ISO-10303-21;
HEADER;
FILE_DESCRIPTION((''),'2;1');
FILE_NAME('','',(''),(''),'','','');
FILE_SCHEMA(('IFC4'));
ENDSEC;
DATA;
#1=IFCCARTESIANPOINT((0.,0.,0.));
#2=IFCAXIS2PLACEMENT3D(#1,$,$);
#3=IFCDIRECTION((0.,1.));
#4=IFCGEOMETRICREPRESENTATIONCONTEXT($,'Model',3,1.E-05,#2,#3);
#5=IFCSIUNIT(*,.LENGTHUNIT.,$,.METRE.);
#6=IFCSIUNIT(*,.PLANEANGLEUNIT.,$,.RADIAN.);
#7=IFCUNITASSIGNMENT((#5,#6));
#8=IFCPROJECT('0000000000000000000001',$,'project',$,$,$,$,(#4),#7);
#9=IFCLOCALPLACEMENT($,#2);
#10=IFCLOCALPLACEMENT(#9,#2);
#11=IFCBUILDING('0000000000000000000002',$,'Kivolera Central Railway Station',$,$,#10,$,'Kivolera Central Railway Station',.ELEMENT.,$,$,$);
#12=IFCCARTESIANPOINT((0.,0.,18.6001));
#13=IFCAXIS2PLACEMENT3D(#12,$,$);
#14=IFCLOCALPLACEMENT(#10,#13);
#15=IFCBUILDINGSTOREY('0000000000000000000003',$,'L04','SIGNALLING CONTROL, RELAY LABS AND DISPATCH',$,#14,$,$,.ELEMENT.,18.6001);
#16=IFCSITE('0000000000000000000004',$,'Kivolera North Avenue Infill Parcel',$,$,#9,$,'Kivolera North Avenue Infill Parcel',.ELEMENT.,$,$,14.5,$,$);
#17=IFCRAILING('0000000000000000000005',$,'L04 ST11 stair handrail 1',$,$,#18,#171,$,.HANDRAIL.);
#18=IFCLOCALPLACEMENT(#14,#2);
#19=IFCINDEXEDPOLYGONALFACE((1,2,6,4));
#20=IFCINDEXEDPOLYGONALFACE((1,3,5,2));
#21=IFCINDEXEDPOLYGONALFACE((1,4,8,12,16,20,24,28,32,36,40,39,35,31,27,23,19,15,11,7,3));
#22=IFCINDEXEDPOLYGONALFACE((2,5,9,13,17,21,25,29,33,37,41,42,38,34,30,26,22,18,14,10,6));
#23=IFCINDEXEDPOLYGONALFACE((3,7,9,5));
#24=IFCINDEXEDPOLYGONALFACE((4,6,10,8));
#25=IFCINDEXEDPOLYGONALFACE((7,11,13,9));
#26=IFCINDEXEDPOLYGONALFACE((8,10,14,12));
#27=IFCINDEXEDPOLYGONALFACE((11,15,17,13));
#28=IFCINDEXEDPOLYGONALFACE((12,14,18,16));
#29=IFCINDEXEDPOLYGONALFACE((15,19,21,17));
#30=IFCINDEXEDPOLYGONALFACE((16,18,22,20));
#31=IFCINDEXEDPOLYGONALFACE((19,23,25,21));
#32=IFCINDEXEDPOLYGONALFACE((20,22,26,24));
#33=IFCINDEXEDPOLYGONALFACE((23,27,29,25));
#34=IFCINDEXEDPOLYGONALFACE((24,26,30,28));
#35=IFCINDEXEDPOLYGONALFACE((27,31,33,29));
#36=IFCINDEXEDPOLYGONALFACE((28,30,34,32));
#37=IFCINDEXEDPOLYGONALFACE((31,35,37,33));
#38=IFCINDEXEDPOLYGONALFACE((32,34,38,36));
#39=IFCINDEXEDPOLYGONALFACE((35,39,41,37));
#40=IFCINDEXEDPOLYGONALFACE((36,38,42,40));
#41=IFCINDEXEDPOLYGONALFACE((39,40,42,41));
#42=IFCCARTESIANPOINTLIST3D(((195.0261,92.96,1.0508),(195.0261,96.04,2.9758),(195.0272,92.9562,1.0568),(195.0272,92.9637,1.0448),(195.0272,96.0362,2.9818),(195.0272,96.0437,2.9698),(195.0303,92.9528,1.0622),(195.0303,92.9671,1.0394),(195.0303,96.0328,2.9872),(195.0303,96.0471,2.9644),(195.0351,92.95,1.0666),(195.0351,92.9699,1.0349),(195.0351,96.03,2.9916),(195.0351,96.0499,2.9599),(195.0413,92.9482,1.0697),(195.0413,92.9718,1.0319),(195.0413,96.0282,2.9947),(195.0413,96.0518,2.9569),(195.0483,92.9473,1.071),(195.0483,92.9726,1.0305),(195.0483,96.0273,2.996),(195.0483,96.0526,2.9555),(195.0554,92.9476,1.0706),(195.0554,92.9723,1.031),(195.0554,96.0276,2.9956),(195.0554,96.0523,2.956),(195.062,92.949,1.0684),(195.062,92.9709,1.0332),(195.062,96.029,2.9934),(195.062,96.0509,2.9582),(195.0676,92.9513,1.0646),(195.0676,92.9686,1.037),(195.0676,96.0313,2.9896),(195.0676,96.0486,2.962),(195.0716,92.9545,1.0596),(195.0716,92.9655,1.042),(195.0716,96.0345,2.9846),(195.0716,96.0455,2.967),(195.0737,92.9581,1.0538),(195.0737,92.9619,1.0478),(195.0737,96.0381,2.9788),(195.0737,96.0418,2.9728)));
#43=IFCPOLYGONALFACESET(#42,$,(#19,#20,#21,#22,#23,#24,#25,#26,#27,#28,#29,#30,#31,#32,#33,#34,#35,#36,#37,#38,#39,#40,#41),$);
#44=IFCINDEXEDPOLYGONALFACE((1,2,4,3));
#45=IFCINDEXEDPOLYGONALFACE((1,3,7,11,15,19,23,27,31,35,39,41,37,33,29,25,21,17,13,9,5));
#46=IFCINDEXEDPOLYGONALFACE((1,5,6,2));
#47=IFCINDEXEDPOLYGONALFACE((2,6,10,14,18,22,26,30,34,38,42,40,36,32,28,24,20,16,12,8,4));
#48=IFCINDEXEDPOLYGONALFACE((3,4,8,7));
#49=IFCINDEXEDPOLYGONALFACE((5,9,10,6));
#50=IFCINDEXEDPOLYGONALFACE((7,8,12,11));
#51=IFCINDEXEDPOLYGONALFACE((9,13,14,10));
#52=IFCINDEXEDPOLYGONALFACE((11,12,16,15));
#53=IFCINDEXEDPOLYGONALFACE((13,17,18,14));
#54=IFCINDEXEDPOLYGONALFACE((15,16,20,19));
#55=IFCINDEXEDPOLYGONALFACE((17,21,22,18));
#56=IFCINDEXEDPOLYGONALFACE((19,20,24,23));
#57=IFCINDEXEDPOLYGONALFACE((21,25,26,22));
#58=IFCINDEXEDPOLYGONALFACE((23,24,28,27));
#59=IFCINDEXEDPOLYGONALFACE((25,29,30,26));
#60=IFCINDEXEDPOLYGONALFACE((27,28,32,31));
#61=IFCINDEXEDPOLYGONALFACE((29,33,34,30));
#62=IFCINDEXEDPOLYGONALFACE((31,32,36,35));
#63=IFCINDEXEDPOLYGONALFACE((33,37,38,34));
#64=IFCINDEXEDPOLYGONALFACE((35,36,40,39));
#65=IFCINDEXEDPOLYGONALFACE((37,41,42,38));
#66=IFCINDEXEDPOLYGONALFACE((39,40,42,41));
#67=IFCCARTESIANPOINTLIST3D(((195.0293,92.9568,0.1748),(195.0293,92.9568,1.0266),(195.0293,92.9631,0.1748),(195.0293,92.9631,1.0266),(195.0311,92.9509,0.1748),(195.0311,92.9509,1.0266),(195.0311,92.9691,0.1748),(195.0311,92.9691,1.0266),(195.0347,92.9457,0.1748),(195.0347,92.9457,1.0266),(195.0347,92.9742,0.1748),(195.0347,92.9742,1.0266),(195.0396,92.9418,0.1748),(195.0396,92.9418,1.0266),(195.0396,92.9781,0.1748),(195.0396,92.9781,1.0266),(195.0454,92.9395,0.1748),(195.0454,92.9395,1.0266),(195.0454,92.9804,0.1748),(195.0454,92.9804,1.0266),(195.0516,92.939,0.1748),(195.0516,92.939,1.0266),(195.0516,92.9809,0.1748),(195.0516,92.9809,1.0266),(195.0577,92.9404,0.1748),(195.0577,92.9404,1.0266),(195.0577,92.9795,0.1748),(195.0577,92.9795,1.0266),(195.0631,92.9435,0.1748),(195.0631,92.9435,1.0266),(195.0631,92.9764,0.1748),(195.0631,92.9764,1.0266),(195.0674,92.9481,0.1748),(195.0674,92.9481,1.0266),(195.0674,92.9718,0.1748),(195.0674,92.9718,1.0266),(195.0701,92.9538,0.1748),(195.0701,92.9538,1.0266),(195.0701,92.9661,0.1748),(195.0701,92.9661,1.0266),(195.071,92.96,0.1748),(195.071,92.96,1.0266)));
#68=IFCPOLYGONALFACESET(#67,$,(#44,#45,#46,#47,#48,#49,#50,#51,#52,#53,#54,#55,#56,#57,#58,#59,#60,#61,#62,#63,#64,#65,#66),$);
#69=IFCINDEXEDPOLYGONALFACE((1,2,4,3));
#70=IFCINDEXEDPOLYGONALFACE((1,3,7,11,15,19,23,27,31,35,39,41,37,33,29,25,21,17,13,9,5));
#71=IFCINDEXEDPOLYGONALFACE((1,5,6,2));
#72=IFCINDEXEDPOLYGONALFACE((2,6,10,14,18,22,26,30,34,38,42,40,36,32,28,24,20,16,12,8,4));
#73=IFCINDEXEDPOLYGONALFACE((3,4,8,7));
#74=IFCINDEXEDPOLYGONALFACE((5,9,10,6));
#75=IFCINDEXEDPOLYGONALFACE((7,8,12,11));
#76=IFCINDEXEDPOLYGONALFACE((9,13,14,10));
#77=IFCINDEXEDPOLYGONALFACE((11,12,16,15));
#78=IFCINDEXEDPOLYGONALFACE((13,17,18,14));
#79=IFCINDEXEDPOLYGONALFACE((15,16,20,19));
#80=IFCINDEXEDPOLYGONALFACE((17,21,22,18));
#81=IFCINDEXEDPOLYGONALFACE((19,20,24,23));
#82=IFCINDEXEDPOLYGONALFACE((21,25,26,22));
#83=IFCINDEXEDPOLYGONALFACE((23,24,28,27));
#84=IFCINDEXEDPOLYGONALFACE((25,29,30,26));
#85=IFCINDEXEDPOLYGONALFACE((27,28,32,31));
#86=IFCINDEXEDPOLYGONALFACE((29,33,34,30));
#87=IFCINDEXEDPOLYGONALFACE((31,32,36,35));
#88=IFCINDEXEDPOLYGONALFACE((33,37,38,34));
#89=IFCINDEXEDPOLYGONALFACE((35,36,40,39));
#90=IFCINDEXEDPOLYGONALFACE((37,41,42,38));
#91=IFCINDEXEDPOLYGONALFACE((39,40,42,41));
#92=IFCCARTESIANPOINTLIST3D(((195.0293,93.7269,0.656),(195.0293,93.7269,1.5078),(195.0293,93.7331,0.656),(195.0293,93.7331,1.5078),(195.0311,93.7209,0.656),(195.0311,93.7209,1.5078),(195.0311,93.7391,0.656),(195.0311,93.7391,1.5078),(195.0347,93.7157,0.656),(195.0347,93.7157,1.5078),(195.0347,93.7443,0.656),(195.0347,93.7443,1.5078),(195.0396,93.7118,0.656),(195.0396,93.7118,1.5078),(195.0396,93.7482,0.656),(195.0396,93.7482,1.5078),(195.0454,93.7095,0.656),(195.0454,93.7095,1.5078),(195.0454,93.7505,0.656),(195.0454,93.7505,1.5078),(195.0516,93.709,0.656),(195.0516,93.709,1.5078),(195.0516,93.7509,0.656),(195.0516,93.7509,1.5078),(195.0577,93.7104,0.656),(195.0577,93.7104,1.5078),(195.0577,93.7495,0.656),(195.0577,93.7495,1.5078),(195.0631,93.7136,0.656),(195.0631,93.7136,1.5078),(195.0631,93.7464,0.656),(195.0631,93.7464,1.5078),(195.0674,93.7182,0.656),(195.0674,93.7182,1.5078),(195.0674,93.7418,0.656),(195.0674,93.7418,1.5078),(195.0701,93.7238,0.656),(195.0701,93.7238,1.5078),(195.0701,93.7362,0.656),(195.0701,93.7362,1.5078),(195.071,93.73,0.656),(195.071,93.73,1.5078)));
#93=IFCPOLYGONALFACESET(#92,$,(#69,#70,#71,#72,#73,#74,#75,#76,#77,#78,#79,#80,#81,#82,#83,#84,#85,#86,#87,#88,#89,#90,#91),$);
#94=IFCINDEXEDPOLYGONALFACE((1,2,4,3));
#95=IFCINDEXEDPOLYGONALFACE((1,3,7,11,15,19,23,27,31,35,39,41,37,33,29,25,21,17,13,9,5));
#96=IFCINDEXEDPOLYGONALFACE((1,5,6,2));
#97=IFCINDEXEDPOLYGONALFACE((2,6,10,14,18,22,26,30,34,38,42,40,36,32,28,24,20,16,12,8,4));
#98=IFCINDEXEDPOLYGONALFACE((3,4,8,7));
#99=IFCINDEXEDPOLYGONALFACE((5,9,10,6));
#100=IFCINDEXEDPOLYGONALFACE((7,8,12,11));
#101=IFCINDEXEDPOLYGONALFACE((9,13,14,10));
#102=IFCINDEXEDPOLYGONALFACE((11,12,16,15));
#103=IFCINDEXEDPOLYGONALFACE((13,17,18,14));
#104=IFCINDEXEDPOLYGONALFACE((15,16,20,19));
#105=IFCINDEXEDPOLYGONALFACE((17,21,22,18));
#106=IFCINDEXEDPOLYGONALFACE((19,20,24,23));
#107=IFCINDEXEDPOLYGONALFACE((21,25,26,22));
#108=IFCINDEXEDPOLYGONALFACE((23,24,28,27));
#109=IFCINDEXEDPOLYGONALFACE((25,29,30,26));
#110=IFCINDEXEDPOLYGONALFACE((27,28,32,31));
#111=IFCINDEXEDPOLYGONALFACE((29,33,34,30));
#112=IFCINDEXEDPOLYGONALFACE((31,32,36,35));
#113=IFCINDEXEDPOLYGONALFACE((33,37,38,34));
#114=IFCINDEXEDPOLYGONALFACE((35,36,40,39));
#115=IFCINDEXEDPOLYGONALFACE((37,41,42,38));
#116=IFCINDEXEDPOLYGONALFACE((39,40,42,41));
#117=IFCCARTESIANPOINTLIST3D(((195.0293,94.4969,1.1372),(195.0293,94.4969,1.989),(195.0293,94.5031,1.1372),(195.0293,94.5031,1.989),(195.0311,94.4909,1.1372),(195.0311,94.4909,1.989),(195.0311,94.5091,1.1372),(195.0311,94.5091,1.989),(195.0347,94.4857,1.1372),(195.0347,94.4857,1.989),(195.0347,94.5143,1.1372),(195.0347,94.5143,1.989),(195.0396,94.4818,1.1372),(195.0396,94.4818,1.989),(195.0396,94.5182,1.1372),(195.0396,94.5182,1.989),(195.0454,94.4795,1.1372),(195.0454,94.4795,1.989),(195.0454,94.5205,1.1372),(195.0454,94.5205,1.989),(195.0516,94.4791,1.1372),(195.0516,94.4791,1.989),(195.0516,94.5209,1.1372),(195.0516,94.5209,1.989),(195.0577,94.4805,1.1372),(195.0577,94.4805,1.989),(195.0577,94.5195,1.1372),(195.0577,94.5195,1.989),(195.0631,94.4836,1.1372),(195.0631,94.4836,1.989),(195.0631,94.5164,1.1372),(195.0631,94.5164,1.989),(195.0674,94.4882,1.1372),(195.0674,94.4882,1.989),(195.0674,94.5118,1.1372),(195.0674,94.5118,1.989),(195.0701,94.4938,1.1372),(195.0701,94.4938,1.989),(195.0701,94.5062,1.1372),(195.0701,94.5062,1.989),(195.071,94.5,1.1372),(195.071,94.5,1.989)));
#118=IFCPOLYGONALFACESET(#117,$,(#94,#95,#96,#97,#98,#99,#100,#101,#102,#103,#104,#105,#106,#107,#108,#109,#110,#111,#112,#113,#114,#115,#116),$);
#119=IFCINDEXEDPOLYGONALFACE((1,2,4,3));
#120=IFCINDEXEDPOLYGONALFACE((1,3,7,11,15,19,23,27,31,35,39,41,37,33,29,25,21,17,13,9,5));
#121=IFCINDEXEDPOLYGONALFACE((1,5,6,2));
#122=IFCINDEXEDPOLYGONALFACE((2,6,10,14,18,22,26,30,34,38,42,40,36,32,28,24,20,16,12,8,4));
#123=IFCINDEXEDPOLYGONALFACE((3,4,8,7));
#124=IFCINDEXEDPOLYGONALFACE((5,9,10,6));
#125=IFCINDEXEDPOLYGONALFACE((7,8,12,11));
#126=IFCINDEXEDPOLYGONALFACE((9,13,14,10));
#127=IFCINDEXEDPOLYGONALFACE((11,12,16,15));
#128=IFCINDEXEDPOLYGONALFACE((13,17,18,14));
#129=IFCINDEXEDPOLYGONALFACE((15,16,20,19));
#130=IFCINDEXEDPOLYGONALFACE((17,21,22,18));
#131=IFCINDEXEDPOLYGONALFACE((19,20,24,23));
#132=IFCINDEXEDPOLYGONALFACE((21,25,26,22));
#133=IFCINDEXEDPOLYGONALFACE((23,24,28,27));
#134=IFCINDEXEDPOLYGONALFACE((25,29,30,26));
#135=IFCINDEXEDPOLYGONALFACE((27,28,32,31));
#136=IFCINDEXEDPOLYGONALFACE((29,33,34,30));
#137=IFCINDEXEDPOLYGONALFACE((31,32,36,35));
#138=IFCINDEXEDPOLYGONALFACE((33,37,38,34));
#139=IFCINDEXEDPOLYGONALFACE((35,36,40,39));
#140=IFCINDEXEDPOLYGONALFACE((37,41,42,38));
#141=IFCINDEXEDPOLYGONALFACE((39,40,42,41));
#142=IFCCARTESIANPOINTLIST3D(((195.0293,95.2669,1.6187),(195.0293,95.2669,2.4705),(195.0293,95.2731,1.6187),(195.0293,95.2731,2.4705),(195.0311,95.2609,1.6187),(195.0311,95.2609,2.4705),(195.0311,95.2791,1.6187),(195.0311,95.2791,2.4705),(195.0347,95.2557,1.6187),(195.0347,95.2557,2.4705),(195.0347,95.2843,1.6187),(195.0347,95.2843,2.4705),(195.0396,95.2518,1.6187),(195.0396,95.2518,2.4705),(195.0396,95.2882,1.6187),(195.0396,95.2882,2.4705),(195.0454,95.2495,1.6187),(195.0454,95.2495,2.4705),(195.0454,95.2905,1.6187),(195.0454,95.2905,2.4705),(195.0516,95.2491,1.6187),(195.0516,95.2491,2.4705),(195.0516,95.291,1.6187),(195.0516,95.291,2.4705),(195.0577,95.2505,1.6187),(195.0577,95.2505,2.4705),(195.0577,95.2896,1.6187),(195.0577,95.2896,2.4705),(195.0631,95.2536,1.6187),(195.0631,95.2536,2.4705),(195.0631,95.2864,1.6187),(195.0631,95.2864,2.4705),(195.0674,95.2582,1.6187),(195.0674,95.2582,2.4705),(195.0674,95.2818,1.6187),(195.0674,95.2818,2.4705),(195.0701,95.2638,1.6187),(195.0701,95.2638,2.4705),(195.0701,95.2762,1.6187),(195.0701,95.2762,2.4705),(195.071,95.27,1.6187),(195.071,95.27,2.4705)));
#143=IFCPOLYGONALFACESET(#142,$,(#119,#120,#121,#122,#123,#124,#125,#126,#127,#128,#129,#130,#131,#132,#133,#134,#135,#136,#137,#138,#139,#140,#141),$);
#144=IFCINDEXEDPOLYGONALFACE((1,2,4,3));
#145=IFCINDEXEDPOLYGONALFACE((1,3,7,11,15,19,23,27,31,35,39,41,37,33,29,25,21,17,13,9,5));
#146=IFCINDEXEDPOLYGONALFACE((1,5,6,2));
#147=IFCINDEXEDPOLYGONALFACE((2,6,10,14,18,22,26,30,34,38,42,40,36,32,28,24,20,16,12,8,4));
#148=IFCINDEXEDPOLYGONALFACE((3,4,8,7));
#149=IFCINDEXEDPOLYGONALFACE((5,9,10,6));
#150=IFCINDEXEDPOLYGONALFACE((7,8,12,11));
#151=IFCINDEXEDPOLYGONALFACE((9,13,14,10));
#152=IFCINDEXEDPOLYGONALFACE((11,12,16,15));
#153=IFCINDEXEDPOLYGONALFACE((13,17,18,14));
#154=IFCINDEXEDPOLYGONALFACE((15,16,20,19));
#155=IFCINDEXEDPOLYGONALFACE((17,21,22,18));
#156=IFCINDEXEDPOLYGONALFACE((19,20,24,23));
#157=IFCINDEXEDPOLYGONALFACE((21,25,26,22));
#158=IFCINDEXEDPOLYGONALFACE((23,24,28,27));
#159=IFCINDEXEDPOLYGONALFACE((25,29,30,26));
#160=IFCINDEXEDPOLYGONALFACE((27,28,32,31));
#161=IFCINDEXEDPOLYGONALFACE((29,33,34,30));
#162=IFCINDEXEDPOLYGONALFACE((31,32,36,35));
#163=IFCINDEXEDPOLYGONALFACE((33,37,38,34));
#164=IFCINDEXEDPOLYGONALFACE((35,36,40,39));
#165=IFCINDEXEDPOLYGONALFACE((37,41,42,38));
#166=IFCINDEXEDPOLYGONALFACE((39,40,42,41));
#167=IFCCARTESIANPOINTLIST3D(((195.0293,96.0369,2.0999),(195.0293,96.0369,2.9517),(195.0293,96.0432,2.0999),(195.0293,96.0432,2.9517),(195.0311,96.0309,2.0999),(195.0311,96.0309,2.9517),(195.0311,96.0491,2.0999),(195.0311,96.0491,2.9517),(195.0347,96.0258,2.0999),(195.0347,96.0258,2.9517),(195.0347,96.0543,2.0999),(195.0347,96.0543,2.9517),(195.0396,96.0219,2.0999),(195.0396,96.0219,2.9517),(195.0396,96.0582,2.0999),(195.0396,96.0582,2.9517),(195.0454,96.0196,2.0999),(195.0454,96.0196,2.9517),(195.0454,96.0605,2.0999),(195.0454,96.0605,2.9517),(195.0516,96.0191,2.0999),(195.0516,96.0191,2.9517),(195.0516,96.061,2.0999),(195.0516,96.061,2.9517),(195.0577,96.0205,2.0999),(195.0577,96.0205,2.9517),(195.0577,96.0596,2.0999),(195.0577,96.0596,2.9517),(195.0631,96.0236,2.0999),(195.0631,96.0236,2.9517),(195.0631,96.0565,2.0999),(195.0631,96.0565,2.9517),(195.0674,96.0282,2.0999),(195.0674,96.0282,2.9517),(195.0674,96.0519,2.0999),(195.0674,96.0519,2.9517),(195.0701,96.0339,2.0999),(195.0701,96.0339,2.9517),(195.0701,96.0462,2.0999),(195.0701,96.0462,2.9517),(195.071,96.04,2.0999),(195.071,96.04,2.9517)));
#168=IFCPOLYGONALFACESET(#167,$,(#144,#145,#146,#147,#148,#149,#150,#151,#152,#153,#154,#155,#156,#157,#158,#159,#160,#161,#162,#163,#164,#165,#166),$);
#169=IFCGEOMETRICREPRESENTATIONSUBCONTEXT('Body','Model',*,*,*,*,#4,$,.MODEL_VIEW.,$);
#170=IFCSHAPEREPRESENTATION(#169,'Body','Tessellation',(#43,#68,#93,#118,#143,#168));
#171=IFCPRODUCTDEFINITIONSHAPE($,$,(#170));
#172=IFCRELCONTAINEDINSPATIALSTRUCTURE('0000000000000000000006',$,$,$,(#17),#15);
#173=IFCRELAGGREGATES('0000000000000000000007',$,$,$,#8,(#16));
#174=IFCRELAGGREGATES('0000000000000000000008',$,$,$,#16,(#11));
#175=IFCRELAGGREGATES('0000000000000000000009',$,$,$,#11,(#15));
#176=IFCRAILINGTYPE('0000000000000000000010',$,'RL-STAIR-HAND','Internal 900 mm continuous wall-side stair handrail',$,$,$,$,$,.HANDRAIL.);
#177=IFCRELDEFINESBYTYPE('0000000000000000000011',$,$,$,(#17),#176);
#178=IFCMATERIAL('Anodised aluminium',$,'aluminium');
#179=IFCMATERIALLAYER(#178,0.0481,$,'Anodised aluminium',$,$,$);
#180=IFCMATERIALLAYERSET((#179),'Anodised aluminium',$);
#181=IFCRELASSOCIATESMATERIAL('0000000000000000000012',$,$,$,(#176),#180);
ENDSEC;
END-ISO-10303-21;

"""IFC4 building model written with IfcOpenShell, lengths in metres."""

from ifc_helpers import new_model, si_unit, direction, frame, origin, origin_2d, place, context, subcontext, project, spatial, circle, extrude, material, layer, layer_set, type_object, element, save


model = new_model("IFC4")

# Units and contexts
model_context = context("Model", 3, precision=1e-05, world=origin(), true_north=direction((0.0, 1.0)))
body_context = subcontext(model_context, "Body", "Model", "MODEL_VIEW")
ifc_project = project(units=[si_unit("LENGTHUNIT", "METRE"), si_unit("PLANEANGLEUNIT", "RADIAN")], contexts=[model_context])

# Site, building, storey
site_placement = place(None, origin())
site = spatial("IfcSite", under=ifc_project, at=site_placement, Name="Kivolera North Avenue Infill Parcel", LongName="Kivolera North Avenue Infill Parcel", CompositionType="ELEMENT", RefElevation=14.5)
building_placement = place(site_placement, origin())
building = spatial("IfcBuilding", under=site, at=building_placement, Name="Kivolera Central Railway Station", LongName="Kivolera Central Railway Station", CompositionType="ELEMENT")
storey_placement = place(building_placement, frame((0.0, 0.0, 18.6001)))
storey = spatial("IfcBuildingStorey", under=building, at=storey_placement, Name="L04", Description="SIGNALLING CONTROL, RELAY LABS AND DISPATCH", CompositionType="ELEMENT", Elevation=18.6001)

# Shared definitions
ifc_material_1 = material(Name="Anodised aluminium", Category="aluminium")

# Railing
ifc_layer_1 = layer(ifc_material_1, 0.0481, Name="Anodised aluminium")
ifc_layer_set_1 = layer_set([ifc_layer_1], Name="Anodised aluminium")
railing_type_1 = type_object("IfcRailingType", Name="RL-STAIR-HAND", Description="Internal 900 mm continuous wall-side stair handrail", PredefinedType="HANDRAIL", material=ifc_layer_set_1)
railing_1_placement = place(storey_placement, frame((195.05, 92.96, 0.1748)))
element("IfcRailing", 1, at=railing_1_placement, inside=storey, type_object=railing_type_1, Name="L04 ST11 stair handrail 1", PredefinedType="HANDRAIL", context=body_context, shape_type="SweptSolid", body=[
    extrude(circle(Radius=0.0239, at=origin_2d()), frame((0.0, 0.0, 0.876), z_axis=(0.0, 0.847998, 0.529999), x_axis=(-1.0, 0.0, 0.0)), (0.0, 0.0, 1.0), 3.6321),
    extrude(circle(Radius=0.021, at=origin_2d()), origin(), (0.0, 0.0, 1.0), 0.8518),
    extrude(circle(Radius=0.021, at=origin_2d()), frame((0.0, 0.77, 0.4812)), (0.0, 0.0, 1.0), 0.8518),
    extrude(circle(Radius=0.021, at=origin_2d()), frame((0.0, 1.54, 0.9624)), (0.0, 0.0, 1.0), 0.8518),
    extrude(circle(Radius=0.021, at=origin_2d()), frame((0.0, 2.3101, 1.4438)), (0.0, 0.0, 1.0), 0.8518),
    extrude(circle(Radius=0.021, at=origin_2d()), frame((0.0, 3.0801, 1.925)), (0.0, 0.0, 1.0), 0.8518),
])

save(model, "model.ifc")
